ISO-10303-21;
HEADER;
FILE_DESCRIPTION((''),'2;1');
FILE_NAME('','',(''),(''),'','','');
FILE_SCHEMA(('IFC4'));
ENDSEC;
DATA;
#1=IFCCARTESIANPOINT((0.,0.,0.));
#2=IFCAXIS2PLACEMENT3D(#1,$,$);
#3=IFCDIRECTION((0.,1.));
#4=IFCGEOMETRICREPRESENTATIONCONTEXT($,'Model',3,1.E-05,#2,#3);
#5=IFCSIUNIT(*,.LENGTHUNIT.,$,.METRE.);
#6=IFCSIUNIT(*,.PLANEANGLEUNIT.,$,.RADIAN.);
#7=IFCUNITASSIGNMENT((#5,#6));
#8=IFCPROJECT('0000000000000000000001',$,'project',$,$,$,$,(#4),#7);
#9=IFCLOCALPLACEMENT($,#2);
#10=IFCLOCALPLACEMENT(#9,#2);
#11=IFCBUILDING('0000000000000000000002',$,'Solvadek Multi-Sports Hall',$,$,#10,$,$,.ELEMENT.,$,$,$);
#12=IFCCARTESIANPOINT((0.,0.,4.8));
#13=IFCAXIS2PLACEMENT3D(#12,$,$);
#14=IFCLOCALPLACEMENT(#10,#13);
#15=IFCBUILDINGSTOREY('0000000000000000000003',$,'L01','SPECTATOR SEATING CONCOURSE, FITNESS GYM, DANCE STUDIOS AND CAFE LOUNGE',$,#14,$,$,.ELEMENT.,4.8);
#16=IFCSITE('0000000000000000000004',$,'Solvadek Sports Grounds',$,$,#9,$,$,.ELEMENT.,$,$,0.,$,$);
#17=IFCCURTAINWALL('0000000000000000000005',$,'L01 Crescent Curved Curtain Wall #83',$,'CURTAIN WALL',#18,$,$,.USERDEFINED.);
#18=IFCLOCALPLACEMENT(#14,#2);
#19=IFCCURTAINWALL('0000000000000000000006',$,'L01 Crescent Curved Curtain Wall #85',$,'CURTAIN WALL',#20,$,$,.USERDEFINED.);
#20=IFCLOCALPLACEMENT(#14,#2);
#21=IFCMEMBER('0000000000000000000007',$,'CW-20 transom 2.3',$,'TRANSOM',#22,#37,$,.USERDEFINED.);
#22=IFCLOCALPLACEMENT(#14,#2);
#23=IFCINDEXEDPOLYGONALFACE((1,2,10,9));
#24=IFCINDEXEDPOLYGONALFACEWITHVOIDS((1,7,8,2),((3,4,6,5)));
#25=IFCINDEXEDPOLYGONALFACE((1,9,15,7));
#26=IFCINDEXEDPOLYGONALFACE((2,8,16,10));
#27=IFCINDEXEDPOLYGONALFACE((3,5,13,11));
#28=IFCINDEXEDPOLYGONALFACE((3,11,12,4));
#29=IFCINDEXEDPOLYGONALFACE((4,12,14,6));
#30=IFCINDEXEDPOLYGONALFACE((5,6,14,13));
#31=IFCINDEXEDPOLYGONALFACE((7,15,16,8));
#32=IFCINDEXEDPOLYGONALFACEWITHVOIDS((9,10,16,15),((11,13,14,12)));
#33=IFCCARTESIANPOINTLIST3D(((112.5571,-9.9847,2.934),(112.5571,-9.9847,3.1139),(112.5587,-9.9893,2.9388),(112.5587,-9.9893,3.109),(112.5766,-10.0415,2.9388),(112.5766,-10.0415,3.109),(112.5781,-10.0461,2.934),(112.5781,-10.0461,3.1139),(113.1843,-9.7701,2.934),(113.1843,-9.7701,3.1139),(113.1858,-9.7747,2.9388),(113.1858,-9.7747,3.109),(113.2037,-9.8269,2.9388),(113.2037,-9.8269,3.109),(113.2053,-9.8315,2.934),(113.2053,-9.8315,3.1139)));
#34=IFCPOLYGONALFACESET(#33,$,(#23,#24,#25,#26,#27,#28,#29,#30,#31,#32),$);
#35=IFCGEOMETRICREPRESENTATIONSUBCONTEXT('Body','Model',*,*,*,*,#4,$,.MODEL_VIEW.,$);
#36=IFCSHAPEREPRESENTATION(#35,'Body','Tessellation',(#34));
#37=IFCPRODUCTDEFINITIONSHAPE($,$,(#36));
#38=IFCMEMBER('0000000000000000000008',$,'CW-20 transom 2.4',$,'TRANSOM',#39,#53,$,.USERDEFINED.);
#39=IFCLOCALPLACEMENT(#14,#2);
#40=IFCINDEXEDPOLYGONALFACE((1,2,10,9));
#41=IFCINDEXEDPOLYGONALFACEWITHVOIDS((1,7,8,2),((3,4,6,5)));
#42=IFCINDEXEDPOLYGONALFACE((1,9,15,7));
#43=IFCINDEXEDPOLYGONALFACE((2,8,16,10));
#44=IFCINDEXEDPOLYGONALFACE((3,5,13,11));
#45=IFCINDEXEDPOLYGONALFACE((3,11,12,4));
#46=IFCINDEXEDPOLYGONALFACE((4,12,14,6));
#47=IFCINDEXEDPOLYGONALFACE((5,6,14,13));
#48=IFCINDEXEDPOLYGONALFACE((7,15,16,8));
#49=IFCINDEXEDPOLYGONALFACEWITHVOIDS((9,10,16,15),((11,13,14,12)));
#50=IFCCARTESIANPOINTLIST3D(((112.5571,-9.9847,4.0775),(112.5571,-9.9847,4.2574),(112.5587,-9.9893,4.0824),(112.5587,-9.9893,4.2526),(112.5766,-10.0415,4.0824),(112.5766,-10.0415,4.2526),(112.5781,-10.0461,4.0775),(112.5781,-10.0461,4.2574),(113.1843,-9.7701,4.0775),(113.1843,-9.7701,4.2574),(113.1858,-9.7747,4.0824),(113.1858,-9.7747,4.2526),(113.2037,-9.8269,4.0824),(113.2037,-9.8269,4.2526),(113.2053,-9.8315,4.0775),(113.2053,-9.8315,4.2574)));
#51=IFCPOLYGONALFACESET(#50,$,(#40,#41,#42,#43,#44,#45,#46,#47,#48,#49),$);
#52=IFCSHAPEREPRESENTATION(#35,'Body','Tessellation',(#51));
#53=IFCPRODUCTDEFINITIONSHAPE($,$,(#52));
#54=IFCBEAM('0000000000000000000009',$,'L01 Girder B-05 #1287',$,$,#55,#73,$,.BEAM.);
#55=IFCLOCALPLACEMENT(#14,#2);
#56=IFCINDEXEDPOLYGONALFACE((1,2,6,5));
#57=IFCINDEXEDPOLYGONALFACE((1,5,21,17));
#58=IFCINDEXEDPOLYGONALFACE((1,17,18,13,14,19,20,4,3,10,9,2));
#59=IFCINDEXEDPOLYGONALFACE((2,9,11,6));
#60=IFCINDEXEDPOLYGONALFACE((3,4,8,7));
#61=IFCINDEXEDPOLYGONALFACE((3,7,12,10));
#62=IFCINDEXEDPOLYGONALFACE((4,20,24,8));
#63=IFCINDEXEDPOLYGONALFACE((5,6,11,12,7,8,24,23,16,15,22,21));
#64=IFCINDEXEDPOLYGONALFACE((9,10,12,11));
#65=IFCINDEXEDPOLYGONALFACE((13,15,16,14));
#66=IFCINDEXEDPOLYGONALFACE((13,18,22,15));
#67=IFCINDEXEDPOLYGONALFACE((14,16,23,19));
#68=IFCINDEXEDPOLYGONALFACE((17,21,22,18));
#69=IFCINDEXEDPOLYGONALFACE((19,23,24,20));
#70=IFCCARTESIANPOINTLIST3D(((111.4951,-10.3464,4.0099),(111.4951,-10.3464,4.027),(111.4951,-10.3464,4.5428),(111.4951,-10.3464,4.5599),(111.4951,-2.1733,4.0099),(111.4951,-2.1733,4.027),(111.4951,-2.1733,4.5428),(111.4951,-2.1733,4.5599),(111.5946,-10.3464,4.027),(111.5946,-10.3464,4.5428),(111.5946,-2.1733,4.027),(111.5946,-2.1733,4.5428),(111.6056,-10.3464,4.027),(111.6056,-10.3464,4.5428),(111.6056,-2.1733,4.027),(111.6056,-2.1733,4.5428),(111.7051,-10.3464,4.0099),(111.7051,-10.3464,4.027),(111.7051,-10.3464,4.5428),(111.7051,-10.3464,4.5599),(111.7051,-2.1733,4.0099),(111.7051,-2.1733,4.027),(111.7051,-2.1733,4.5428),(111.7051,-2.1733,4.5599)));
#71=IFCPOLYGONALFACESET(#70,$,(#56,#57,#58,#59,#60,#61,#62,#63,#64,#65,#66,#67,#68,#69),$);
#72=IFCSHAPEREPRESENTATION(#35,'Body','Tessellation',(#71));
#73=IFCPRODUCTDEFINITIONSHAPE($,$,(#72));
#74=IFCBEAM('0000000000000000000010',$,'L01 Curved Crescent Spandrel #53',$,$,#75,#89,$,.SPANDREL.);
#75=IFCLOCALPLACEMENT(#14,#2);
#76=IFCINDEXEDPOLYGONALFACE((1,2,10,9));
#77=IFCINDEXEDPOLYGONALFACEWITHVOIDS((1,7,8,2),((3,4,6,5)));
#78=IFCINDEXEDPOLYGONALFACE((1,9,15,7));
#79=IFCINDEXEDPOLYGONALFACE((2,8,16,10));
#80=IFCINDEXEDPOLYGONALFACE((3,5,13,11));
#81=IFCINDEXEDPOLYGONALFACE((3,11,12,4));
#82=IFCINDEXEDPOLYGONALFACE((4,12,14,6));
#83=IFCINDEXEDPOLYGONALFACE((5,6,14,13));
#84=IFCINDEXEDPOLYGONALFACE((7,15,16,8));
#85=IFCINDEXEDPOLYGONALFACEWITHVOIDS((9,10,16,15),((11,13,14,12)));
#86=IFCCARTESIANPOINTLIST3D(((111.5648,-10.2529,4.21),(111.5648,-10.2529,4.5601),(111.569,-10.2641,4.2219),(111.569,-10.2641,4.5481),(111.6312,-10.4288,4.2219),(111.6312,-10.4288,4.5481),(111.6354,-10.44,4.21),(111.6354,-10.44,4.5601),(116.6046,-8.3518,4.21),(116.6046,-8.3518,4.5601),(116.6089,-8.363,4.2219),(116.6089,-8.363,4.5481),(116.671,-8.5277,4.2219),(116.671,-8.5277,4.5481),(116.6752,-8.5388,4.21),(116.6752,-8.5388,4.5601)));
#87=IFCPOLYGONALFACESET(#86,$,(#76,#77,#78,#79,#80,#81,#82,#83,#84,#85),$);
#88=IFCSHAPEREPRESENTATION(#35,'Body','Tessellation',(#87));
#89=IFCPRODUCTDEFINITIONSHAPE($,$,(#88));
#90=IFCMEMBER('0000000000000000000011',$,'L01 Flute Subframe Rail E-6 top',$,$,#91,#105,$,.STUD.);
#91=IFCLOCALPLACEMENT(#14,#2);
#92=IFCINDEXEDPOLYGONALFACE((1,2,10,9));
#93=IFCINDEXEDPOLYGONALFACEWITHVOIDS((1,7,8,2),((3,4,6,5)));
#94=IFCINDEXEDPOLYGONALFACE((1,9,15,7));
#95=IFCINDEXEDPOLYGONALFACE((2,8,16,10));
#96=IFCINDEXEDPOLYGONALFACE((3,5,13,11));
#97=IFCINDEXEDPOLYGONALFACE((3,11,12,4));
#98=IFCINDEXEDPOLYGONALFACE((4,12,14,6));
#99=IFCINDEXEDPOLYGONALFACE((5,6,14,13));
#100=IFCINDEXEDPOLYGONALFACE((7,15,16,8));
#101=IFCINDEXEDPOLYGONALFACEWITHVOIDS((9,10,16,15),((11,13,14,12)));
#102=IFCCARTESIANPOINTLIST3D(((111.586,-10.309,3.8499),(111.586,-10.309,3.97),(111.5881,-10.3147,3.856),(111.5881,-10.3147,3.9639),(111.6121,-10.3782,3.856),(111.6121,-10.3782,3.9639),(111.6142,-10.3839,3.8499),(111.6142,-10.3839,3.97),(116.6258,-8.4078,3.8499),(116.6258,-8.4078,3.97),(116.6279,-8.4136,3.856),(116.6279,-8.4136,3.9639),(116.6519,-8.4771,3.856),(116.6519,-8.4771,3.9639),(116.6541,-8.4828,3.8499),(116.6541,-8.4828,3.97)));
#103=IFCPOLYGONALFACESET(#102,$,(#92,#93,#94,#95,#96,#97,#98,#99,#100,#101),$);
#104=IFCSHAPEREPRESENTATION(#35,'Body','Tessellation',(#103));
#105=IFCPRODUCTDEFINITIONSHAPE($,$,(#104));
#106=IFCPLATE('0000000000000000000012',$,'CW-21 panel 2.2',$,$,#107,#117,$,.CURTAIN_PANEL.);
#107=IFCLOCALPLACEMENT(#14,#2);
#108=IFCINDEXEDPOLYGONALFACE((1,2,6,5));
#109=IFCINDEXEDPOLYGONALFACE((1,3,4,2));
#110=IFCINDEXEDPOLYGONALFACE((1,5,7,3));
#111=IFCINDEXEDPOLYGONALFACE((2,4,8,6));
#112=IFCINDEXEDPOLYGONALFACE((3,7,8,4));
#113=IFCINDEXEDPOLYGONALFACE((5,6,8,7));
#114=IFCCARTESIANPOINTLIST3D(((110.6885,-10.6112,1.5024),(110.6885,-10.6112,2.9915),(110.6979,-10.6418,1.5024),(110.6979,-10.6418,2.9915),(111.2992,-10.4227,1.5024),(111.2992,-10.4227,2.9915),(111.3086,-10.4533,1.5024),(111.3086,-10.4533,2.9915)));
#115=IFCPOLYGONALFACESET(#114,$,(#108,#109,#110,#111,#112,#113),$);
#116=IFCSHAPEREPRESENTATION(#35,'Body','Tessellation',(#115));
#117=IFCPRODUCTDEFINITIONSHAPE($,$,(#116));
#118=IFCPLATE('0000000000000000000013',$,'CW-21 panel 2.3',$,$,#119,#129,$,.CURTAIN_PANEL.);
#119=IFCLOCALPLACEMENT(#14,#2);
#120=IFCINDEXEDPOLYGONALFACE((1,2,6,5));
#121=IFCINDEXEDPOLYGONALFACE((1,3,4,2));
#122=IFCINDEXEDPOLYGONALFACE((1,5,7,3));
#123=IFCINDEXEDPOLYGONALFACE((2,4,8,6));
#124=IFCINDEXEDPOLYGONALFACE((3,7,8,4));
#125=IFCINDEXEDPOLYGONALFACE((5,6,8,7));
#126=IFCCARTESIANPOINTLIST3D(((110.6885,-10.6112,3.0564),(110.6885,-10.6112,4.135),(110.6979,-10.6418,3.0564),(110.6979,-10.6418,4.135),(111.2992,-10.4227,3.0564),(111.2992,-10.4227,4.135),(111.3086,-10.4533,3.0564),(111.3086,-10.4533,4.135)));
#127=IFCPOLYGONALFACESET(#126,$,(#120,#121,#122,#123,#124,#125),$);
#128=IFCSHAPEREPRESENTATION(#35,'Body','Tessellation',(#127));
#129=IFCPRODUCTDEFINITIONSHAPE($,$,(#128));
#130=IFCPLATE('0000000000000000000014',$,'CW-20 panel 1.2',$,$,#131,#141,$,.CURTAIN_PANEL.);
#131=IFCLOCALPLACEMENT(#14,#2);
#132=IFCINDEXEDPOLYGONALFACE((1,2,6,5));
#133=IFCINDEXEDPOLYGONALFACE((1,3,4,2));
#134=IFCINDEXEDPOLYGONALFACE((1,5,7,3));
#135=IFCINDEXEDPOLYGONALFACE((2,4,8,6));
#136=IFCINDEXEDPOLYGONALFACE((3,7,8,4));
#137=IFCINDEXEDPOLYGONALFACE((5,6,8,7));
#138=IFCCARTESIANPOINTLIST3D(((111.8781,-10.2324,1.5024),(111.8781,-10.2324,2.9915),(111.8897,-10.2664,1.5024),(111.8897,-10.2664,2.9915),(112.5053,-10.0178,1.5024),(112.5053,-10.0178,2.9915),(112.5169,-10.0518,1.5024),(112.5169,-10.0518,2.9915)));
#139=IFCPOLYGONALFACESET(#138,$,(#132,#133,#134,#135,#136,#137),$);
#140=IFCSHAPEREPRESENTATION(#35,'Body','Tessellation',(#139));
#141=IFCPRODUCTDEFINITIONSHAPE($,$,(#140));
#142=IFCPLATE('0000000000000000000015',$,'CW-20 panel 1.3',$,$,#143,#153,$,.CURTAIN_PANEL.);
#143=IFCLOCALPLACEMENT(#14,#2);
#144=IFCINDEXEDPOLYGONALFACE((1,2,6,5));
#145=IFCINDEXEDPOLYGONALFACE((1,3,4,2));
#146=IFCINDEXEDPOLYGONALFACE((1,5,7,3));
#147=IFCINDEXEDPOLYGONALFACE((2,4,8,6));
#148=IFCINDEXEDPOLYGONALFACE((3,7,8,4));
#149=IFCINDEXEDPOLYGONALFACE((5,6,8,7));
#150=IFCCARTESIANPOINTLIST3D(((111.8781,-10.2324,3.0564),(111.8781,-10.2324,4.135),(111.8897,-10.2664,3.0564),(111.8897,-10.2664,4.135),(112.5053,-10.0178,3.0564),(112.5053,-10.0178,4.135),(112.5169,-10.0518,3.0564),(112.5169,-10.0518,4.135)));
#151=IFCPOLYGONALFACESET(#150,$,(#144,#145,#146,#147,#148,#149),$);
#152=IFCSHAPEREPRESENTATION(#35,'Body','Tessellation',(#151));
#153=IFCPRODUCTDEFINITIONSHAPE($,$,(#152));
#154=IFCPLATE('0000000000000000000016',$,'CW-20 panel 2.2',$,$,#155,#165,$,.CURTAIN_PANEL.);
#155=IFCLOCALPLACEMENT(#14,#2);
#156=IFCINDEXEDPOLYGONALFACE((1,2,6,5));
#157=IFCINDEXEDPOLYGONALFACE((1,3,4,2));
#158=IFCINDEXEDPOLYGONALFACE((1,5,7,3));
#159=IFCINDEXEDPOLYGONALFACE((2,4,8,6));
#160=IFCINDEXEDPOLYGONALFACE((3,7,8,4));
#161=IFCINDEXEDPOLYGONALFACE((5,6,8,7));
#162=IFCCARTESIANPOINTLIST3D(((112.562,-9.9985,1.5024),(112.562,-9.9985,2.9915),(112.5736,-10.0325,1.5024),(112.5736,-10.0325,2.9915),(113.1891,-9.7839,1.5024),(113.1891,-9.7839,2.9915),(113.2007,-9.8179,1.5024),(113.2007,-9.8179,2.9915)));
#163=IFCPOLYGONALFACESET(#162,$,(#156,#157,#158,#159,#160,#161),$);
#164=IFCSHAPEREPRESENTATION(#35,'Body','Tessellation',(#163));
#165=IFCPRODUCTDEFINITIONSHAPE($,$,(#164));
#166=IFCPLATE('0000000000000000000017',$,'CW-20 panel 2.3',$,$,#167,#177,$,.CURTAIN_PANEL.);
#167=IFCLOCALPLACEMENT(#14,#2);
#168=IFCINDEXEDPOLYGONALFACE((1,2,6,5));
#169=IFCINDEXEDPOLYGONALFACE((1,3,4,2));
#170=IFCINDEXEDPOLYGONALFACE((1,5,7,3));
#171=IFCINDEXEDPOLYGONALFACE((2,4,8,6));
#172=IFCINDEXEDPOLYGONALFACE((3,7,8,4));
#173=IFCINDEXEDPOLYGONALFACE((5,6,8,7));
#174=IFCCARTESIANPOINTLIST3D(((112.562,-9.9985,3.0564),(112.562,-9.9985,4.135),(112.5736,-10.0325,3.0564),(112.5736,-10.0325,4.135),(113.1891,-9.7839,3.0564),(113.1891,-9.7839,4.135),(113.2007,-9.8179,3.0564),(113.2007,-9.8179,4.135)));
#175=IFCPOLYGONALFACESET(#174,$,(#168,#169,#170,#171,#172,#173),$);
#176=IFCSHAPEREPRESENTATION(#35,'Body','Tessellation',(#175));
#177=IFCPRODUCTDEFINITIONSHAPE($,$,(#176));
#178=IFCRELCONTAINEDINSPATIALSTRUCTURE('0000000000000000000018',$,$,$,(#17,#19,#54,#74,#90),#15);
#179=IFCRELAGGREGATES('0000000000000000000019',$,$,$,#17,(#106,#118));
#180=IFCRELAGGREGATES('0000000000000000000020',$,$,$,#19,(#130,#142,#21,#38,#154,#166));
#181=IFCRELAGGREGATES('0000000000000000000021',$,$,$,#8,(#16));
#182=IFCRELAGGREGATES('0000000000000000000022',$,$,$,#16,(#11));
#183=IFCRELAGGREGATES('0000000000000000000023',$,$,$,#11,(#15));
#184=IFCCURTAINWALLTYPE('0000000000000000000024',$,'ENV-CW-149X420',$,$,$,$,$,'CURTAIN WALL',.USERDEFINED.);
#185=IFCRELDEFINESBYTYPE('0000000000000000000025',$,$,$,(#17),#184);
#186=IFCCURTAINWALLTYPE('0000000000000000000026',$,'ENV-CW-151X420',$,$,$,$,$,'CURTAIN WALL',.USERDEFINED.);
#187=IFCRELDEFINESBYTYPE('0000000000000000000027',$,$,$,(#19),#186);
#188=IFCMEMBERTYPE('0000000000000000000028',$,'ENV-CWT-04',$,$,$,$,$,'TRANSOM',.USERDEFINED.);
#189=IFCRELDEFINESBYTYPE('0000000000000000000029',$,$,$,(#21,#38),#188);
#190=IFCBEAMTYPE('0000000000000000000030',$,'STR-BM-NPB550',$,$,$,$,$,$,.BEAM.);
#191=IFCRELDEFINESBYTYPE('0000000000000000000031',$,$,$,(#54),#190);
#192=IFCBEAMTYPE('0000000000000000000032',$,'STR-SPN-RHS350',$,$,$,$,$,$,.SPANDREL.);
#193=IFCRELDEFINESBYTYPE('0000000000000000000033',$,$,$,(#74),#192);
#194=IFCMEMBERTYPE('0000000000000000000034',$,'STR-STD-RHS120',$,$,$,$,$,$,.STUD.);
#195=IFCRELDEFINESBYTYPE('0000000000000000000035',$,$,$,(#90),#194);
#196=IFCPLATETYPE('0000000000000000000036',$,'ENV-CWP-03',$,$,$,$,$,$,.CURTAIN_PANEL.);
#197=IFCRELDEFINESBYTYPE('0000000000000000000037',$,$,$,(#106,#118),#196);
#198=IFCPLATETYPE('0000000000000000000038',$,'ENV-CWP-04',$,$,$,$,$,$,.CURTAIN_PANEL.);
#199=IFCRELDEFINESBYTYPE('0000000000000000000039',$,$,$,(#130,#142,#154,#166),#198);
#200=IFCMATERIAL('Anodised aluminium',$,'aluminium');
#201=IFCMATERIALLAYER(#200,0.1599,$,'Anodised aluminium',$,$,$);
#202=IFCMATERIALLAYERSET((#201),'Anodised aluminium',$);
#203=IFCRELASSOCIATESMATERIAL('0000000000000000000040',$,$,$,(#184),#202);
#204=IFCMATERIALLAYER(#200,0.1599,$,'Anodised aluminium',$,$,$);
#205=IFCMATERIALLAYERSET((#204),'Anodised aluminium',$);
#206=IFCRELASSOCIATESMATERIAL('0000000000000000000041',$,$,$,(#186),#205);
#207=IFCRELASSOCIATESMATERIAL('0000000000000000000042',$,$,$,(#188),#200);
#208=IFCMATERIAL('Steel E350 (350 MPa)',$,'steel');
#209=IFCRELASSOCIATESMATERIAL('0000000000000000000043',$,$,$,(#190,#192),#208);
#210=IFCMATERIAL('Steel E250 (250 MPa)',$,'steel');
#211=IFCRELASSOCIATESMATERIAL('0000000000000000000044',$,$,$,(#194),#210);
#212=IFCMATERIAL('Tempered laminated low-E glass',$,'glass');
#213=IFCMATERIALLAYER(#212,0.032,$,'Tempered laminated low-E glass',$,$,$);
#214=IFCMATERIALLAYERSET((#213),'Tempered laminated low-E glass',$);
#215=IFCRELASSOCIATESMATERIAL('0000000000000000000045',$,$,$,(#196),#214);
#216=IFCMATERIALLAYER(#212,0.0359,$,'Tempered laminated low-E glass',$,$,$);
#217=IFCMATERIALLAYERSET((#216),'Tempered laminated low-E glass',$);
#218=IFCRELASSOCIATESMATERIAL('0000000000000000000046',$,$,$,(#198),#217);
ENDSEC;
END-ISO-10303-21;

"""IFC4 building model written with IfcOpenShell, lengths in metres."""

from ifc_helpers import new_model, si_unit, direction, frame, origin, origin_2d, place, context, subcontext, project, spatial, rectangle, hollow_rectangle, i_section, extrude, material, layer, layer_set, material_profile, profile_set, type_object, element, aggregate, save


model = new_model("IFC4")

# Units and contexts
model_context = context("Model", 3, precision=1e-05, world=origin(), true_north=direction((0.0, 1.0)))
body_context = subcontext(model_context, "Body", "Model", "MODEL_VIEW")
ifc_project = project(units=[si_unit("LENGTHUNIT", "METRE"), si_unit("PLANEANGLEUNIT", "RADIAN")], contexts=[model_context])

# Site, building, storey
site_placement = place(None, origin())
site = spatial("IfcSite", under=ifc_project, at=site_placement, Name="Solvadek Sports Grounds", CompositionType="ELEMENT", RefElevation=0.0)
building_placement = place(site_placement, origin())
building = spatial("IfcBuilding", under=site, at=building_placement, Name="Solvadek Multi-Sports Hall", CompositionType="ELEMENT")
storey_placement = place(building_placement, frame((0.0, 0.0, 4.8)))
storey = spatial("IfcBuildingStorey", under=building, at=storey_placement, Name="L01", Description="SPECTATOR SEATING CONCOURSE, FITNESS GYM, DANCE STUDIOS AND CAFE LOUNGE", CompositionType="ELEMENT", Elevation=4.8)

# Curtain walls, members
ifc_material_1 = material(Name="Anodised aluminium", Category="aluminium")
ifc_layer_1 = layer(ifc_material_1, 0.1599, Name="Anodised aluminium")
ifc_layer_set_1 = layer_set([ifc_layer_1], Name="Anodised aluminium")
curtain_wall_type_1 = type_object("IfcCurtainWallType", Name="ENV-CW-149X420", ElementType="CURTAIN WALL", PredefinedType="USERDEFINED", material=ifc_layer_set_1)
curtain_wall_1_placement = place(storey_placement, origin())
curtain_wall_1 = element("IfcCurtainWall", 1, at=curtain_wall_1_placement, inside=storey, type_object=curtain_wall_type_1, Name="L01 Crescent Curved Curtain Wall #83", ObjectType="CURTAIN WALL", PredefinedType="USERDEFINED")
ifc_layer_2 = layer(ifc_material_1, 0.1599, Name="Anodised aluminium")
ifc_layer_set_2 = layer_set([ifc_layer_2], Name="Anodised aluminium")
curtain_wall_type_2 = type_object("IfcCurtainWallType", Name="ENV-CW-151X420", ElementType="CURTAIN WALL", PredefinedType="USERDEFINED", material=ifc_layer_set_2)
curtain_wall_2_placement = place(storey_placement, origin())
curtain_wall_2 = element("IfcCurtainWall", 2, at=curtain_wall_2_placement, inside=storey, type_object=curtain_wall_type_2, Name="L01 Crescent Curved Curtain Wall #85", ObjectType="CURTAIN WALL", PredefinedType="USERDEFINED")
ifc_material_profile_1 = material_profile(ifc_material_1, hollow_rectangle(XDim=0.0649, YDim=0.1799, WallThickness=0.0049, at=origin_2d()), Name="ALU-T 180x65x5")
ifc_profile_set_1 = profile_set([ifc_material_profile_1], Name="Anodised aluminium")
member_type_1 = type_object("IfcMemberType", Name="ENV-CWT-04", ElementType="TRANSOM", PredefinedType="USERDEFINED", material=ifc_profile_set_1)
member_1_placement = place(storey_placement, frame((112.5676, -10.0154, 3.0239), z_axis=(0.946149, 0.323731, 0.0), x_axis=(-0.323731, 0.946149, 0.0)))
member_1 = element("IfcMember", 3, at=member_1_placement, type_object=member_type_1, Name="CW-20 transom 2.3", ObjectType="TRANSOM", PredefinedType="USERDEFINED", context=body_context, shape_type="SweptSolid", body=[
    extrude(hollow_rectangle(XDim=0.0649, YDim=0.1799, WallThickness=0.0049, at=origin_2d()), origin(), (0.0, 0.0, 1.0), 0.6628),
])
member_2_placement = place(storey_placement, frame((112.5676, -10.0154, 4.1675), z_axis=(0.946149, 0.323731, 0.0), x_axis=(-0.323731, 0.946149, 0.0)))
member_2 = element("IfcMember", 4, at=member_2_placement, type_object=member_type_1, Name="CW-20 transom 2.4", ObjectType="TRANSOM", PredefinedType="USERDEFINED", context=body_context, shape_type="SweptSolid", body=[
    extrude(hollow_rectangle(XDim=0.0649, YDim=0.1799, WallThickness=0.0049, at=origin_2d()), origin(), (0.0, 0.0, 1.0), 0.6628),
])

# Beams
ifc_material_2 = material(Name="Steel E350 (350 MPa)", Category="steel")
ifc_material_profile_2 = material_profile(ifc_material_2, i_section(OverallWidth=0.21, OverallDepth=0.55, WebThickness=0.011, FlangeThickness=0.0171, at=origin_2d()), Name="NPB 550")
ifc_profile_set_2 = profile_set([ifc_material_profile_2], Name="Steel E350 (350 MPa)")
beam_type_1 = type_object("IfcBeamType", Name="STR-BM-NPB550", PredefinedType="BEAM", material=ifc_profile_set_2)
beam_1_placement = place(storey_placement, frame((111.6001, -10.3464, 4.2849), z_axis=(0.0, 1.0, 0.0), x_axis=(-1.0, 0.0, 0.0)))
element("IfcBeam", 5, at=beam_1_placement, inside=storey, type_object=beam_type_1, Name="L01 Girder B-05 #1287", PredefinedType="BEAM", context=body_context, shape_type="SweptSolid", body=[
    extrude(i_section(OverallWidth=0.21, OverallDepth=0.55, WebThickness=0.011, FlangeThickness=0.0171, at=origin_2d()), origin(), (0.0, 0.0, 1.0), 8.1731),
])
ifc_material_profile_3 = material_profile(ifc_material_2, hollow_rectangle(XDim=0.2, YDim=0.3501, WallThickness=0.012, at=origin_2d()), Name="RHS 350x200x12")
ifc_profile_set_3 = profile_set([ifc_material_profile_3], Name="Steel E350 (350 MPa)")
beam_type_2 = type_object("IfcBeamType", Name="STR-SPN-RHS350", PredefinedType="SPANDREL", material=ifc_profile_set_3)
beam_2_placement = place(storey_placement, frame((111.6001, -10.3464, 4.385), z_axis=(0.935644, 0.352946, 0.0), x_axis=(-0.352946, 0.935644, 0.0)))
element("IfcBeam", 6, at=beam_2_placement, inside=storey, type_object=beam_type_2, Name="L01 Curved Crescent Spandrel #53", PredefinedType="SPANDREL", context=body_context, shape_type="SweptSolid", body=[
    extrude(hollow_rectangle(XDim=0.2, YDim=0.3501, WallThickness=0.012, at=origin_2d()), origin(), (0.0, 0.0, 1.0), 5.3865),
])

# Member
ifc_material_3 = material(Name="Steel E250 (250 MPa)", Category="steel")
ifc_material_profile_4 = material_profile(ifc_material_3, hollow_rectangle(XDim=0.0801, YDim=0.1201, WallThickness=0.0061, at=origin_2d()), Name="RHS 120x80x6")
ifc_profile_set_4 = profile_set([ifc_material_profile_4], Name="Steel E250 (250 MPa)")
member_type_2 = type_object("IfcMemberType", Name="STR-STD-RHS120", PredefinedType="STUD", material=ifc_profile_set_4)
member_3_placement = place(storey_placement, frame((111.6001, -10.3464, 3.9099), z_axis=(0.935644, 0.352946, 0.0), x_axis=(-0.352946, 0.935644, 0.0)))
element("IfcMember", 7, at=member_3_placement, inside=storey, type_object=member_type_2, Name="L01 Flute Subframe Rail E-6 top", PredefinedType="STUD", context=body_context, shape_type="SweptSolid", body=[
    extrude(hollow_rectangle(XDim=0.0801, YDim=0.1201, WallThickness=0.0061, at=origin_2d()), origin(), (0.0, 0.0, 1.0), 5.3865),
])

# Plates
ifc_material_4 = material(Name="Tempered laminated low-E glass", Category="glass")
ifc_layer_3 = layer(ifc_material_4, 0.032, Name="Tempered laminated low-E glass")
ifc_layer_set_3 = layer_set([ifc_layer_3], Name="Tempered laminated low-E glass")
plate_type_1 = type_object("IfcPlateType", Name="ENV-CWP-03", PredefinedType="CURTAIN_PANEL", material=ifc_layer_set_3)
plate_1_placement = place(storey_placement, frame((110.9985, -10.5322, 1.5024), z_axis=(0.0, 0.0, 1.0), x_axis=(0.955521, 0.294922, 0.0)))
plate_1 = element("IfcPlate", 8, at=plate_1_placement, type_object=plate_type_1, Name="CW-21 panel 2.2", PredefinedType="CURTAIN_PANEL", context=body_context, shape_type="SweptSolid", body=[
    extrude(rectangle(XDim=0.6392, YDim=0.032, at=origin_2d()), origin(), (0.0, 0.0, 1.0), 1.489),
])
plate_2_placement = place(storey_placement, frame((110.9985, -10.5322, 3.0564), z_axis=(0.0, 0.0, 1.0), x_axis=(0.955521, 0.294922, 0.0)))
plate_2 = element("IfcPlate", 9, at=plate_2_placement, type_object=plate_type_1, Name="CW-21 panel 2.3", PredefinedType="CURTAIN_PANEL", context=body_context, shape_type="SweptSolid", body=[
    extrude(rectangle(XDim=0.6392, YDim=0.032, at=origin_2d()), origin(), (0.0, 0.0, 1.0), 1.0786),
])
aggregate(curtain_wall_1, [plate_1, plate_2])
ifc_layer_4 = layer(ifc_material_4, 0.0359, Name="Tempered laminated low-E glass")
ifc_layer_set_4 = layer_set([ifc_layer_4], Name="Tempered laminated low-E glass")
plate_type_2 = type_object("IfcPlateType", Name="ENV-CWP-04", PredefinedType="CURTAIN_PANEL", material=ifc_layer_set_4)
plate_3_placement = place(storey_placement, frame((112.1975, -10.1421, 1.5024), z_axis=(0.0, 0.0, 1.0), x_axis=(0.94615, 0.32373, 0.0)))
plate_3 = element("IfcPlate", 10, at=plate_3_placement, type_object=plate_type_2, Name="CW-20 panel 1.2", PredefinedType="CURTAIN_PANEL", context=body_context, shape_type="SweptSolid", body=[
    extrude(rectangle(XDim=0.6628, YDim=0.0359, at=origin_2d()), origin(), (0.0, 0.0, 1.0), 1.489),
])
plate_4_placement = place(storey_placement, frame((112.1975, -10.1421, 3.0564), z_axis=(0.0, 0.0, 1.0), x_axis=(0.94615, 0.32373, 0.0)))
plate_4 = element("IfcPlate", 11, at=plate_4_placement, type_object=plate_type_2, Name="CW-20 panel 1.3", PredefinedType="CURTAIN_PANEL", context=body_context, shape_type="SweptSolid", body=[
    extrude(rectangle(XDim=0.6628, YDim=0.0359, at=origin_2d()), origin(), (0.0, 0.0, 1.0), 1.0786),
])
plate_5_placement = place(storey_placement, frame((112.8813, -9.9082, 1.5024), z_axis=(0.0, 0.0, 1.0), x_axis=(0.94615, 0.32373, 0.0)))
plate_5 = element("IfcPlate", 12, at=plate_5_placement, type_object=plate_type_2, Name="CW-20 panel 2.2", PredefinedType="CURTAIN_PANEL", context=body_context, shape_type="SweptSolid", body=[
    extrude(rectangle(XDim=0.6628, YDim=0.0359, at=origin_2d()), origin(), (0.0, 0.0, 1.0), 1.489),
])
plate_6_placement = place(storey_placement, frame((112.8813, -9.9082, 3.0564), z_axis=(0.0, 0.0, 1.0), x_axis=(0.94615, 0.32373, 0.0)))
plate_6 = element("IfcPlate", 13, at=plate_6_placement, type_object=plate_type_2, Name="CW-20 panel 2.3", PredefinedType="CURTAIN_PANEL", context=body_context, shape_type="SweptSolid", body=[
    extrude(rectangle(XDim=0.6628, YDim=0.0359, at=origin_2d()), origin(), (0.0, 0.0, 1.0), 1.0786),
])
aggregate(curtain_wall_2, [plate_3, plate_4, member_1, member_2, plate_5, plate_6])

save(model, "model.ifc")
